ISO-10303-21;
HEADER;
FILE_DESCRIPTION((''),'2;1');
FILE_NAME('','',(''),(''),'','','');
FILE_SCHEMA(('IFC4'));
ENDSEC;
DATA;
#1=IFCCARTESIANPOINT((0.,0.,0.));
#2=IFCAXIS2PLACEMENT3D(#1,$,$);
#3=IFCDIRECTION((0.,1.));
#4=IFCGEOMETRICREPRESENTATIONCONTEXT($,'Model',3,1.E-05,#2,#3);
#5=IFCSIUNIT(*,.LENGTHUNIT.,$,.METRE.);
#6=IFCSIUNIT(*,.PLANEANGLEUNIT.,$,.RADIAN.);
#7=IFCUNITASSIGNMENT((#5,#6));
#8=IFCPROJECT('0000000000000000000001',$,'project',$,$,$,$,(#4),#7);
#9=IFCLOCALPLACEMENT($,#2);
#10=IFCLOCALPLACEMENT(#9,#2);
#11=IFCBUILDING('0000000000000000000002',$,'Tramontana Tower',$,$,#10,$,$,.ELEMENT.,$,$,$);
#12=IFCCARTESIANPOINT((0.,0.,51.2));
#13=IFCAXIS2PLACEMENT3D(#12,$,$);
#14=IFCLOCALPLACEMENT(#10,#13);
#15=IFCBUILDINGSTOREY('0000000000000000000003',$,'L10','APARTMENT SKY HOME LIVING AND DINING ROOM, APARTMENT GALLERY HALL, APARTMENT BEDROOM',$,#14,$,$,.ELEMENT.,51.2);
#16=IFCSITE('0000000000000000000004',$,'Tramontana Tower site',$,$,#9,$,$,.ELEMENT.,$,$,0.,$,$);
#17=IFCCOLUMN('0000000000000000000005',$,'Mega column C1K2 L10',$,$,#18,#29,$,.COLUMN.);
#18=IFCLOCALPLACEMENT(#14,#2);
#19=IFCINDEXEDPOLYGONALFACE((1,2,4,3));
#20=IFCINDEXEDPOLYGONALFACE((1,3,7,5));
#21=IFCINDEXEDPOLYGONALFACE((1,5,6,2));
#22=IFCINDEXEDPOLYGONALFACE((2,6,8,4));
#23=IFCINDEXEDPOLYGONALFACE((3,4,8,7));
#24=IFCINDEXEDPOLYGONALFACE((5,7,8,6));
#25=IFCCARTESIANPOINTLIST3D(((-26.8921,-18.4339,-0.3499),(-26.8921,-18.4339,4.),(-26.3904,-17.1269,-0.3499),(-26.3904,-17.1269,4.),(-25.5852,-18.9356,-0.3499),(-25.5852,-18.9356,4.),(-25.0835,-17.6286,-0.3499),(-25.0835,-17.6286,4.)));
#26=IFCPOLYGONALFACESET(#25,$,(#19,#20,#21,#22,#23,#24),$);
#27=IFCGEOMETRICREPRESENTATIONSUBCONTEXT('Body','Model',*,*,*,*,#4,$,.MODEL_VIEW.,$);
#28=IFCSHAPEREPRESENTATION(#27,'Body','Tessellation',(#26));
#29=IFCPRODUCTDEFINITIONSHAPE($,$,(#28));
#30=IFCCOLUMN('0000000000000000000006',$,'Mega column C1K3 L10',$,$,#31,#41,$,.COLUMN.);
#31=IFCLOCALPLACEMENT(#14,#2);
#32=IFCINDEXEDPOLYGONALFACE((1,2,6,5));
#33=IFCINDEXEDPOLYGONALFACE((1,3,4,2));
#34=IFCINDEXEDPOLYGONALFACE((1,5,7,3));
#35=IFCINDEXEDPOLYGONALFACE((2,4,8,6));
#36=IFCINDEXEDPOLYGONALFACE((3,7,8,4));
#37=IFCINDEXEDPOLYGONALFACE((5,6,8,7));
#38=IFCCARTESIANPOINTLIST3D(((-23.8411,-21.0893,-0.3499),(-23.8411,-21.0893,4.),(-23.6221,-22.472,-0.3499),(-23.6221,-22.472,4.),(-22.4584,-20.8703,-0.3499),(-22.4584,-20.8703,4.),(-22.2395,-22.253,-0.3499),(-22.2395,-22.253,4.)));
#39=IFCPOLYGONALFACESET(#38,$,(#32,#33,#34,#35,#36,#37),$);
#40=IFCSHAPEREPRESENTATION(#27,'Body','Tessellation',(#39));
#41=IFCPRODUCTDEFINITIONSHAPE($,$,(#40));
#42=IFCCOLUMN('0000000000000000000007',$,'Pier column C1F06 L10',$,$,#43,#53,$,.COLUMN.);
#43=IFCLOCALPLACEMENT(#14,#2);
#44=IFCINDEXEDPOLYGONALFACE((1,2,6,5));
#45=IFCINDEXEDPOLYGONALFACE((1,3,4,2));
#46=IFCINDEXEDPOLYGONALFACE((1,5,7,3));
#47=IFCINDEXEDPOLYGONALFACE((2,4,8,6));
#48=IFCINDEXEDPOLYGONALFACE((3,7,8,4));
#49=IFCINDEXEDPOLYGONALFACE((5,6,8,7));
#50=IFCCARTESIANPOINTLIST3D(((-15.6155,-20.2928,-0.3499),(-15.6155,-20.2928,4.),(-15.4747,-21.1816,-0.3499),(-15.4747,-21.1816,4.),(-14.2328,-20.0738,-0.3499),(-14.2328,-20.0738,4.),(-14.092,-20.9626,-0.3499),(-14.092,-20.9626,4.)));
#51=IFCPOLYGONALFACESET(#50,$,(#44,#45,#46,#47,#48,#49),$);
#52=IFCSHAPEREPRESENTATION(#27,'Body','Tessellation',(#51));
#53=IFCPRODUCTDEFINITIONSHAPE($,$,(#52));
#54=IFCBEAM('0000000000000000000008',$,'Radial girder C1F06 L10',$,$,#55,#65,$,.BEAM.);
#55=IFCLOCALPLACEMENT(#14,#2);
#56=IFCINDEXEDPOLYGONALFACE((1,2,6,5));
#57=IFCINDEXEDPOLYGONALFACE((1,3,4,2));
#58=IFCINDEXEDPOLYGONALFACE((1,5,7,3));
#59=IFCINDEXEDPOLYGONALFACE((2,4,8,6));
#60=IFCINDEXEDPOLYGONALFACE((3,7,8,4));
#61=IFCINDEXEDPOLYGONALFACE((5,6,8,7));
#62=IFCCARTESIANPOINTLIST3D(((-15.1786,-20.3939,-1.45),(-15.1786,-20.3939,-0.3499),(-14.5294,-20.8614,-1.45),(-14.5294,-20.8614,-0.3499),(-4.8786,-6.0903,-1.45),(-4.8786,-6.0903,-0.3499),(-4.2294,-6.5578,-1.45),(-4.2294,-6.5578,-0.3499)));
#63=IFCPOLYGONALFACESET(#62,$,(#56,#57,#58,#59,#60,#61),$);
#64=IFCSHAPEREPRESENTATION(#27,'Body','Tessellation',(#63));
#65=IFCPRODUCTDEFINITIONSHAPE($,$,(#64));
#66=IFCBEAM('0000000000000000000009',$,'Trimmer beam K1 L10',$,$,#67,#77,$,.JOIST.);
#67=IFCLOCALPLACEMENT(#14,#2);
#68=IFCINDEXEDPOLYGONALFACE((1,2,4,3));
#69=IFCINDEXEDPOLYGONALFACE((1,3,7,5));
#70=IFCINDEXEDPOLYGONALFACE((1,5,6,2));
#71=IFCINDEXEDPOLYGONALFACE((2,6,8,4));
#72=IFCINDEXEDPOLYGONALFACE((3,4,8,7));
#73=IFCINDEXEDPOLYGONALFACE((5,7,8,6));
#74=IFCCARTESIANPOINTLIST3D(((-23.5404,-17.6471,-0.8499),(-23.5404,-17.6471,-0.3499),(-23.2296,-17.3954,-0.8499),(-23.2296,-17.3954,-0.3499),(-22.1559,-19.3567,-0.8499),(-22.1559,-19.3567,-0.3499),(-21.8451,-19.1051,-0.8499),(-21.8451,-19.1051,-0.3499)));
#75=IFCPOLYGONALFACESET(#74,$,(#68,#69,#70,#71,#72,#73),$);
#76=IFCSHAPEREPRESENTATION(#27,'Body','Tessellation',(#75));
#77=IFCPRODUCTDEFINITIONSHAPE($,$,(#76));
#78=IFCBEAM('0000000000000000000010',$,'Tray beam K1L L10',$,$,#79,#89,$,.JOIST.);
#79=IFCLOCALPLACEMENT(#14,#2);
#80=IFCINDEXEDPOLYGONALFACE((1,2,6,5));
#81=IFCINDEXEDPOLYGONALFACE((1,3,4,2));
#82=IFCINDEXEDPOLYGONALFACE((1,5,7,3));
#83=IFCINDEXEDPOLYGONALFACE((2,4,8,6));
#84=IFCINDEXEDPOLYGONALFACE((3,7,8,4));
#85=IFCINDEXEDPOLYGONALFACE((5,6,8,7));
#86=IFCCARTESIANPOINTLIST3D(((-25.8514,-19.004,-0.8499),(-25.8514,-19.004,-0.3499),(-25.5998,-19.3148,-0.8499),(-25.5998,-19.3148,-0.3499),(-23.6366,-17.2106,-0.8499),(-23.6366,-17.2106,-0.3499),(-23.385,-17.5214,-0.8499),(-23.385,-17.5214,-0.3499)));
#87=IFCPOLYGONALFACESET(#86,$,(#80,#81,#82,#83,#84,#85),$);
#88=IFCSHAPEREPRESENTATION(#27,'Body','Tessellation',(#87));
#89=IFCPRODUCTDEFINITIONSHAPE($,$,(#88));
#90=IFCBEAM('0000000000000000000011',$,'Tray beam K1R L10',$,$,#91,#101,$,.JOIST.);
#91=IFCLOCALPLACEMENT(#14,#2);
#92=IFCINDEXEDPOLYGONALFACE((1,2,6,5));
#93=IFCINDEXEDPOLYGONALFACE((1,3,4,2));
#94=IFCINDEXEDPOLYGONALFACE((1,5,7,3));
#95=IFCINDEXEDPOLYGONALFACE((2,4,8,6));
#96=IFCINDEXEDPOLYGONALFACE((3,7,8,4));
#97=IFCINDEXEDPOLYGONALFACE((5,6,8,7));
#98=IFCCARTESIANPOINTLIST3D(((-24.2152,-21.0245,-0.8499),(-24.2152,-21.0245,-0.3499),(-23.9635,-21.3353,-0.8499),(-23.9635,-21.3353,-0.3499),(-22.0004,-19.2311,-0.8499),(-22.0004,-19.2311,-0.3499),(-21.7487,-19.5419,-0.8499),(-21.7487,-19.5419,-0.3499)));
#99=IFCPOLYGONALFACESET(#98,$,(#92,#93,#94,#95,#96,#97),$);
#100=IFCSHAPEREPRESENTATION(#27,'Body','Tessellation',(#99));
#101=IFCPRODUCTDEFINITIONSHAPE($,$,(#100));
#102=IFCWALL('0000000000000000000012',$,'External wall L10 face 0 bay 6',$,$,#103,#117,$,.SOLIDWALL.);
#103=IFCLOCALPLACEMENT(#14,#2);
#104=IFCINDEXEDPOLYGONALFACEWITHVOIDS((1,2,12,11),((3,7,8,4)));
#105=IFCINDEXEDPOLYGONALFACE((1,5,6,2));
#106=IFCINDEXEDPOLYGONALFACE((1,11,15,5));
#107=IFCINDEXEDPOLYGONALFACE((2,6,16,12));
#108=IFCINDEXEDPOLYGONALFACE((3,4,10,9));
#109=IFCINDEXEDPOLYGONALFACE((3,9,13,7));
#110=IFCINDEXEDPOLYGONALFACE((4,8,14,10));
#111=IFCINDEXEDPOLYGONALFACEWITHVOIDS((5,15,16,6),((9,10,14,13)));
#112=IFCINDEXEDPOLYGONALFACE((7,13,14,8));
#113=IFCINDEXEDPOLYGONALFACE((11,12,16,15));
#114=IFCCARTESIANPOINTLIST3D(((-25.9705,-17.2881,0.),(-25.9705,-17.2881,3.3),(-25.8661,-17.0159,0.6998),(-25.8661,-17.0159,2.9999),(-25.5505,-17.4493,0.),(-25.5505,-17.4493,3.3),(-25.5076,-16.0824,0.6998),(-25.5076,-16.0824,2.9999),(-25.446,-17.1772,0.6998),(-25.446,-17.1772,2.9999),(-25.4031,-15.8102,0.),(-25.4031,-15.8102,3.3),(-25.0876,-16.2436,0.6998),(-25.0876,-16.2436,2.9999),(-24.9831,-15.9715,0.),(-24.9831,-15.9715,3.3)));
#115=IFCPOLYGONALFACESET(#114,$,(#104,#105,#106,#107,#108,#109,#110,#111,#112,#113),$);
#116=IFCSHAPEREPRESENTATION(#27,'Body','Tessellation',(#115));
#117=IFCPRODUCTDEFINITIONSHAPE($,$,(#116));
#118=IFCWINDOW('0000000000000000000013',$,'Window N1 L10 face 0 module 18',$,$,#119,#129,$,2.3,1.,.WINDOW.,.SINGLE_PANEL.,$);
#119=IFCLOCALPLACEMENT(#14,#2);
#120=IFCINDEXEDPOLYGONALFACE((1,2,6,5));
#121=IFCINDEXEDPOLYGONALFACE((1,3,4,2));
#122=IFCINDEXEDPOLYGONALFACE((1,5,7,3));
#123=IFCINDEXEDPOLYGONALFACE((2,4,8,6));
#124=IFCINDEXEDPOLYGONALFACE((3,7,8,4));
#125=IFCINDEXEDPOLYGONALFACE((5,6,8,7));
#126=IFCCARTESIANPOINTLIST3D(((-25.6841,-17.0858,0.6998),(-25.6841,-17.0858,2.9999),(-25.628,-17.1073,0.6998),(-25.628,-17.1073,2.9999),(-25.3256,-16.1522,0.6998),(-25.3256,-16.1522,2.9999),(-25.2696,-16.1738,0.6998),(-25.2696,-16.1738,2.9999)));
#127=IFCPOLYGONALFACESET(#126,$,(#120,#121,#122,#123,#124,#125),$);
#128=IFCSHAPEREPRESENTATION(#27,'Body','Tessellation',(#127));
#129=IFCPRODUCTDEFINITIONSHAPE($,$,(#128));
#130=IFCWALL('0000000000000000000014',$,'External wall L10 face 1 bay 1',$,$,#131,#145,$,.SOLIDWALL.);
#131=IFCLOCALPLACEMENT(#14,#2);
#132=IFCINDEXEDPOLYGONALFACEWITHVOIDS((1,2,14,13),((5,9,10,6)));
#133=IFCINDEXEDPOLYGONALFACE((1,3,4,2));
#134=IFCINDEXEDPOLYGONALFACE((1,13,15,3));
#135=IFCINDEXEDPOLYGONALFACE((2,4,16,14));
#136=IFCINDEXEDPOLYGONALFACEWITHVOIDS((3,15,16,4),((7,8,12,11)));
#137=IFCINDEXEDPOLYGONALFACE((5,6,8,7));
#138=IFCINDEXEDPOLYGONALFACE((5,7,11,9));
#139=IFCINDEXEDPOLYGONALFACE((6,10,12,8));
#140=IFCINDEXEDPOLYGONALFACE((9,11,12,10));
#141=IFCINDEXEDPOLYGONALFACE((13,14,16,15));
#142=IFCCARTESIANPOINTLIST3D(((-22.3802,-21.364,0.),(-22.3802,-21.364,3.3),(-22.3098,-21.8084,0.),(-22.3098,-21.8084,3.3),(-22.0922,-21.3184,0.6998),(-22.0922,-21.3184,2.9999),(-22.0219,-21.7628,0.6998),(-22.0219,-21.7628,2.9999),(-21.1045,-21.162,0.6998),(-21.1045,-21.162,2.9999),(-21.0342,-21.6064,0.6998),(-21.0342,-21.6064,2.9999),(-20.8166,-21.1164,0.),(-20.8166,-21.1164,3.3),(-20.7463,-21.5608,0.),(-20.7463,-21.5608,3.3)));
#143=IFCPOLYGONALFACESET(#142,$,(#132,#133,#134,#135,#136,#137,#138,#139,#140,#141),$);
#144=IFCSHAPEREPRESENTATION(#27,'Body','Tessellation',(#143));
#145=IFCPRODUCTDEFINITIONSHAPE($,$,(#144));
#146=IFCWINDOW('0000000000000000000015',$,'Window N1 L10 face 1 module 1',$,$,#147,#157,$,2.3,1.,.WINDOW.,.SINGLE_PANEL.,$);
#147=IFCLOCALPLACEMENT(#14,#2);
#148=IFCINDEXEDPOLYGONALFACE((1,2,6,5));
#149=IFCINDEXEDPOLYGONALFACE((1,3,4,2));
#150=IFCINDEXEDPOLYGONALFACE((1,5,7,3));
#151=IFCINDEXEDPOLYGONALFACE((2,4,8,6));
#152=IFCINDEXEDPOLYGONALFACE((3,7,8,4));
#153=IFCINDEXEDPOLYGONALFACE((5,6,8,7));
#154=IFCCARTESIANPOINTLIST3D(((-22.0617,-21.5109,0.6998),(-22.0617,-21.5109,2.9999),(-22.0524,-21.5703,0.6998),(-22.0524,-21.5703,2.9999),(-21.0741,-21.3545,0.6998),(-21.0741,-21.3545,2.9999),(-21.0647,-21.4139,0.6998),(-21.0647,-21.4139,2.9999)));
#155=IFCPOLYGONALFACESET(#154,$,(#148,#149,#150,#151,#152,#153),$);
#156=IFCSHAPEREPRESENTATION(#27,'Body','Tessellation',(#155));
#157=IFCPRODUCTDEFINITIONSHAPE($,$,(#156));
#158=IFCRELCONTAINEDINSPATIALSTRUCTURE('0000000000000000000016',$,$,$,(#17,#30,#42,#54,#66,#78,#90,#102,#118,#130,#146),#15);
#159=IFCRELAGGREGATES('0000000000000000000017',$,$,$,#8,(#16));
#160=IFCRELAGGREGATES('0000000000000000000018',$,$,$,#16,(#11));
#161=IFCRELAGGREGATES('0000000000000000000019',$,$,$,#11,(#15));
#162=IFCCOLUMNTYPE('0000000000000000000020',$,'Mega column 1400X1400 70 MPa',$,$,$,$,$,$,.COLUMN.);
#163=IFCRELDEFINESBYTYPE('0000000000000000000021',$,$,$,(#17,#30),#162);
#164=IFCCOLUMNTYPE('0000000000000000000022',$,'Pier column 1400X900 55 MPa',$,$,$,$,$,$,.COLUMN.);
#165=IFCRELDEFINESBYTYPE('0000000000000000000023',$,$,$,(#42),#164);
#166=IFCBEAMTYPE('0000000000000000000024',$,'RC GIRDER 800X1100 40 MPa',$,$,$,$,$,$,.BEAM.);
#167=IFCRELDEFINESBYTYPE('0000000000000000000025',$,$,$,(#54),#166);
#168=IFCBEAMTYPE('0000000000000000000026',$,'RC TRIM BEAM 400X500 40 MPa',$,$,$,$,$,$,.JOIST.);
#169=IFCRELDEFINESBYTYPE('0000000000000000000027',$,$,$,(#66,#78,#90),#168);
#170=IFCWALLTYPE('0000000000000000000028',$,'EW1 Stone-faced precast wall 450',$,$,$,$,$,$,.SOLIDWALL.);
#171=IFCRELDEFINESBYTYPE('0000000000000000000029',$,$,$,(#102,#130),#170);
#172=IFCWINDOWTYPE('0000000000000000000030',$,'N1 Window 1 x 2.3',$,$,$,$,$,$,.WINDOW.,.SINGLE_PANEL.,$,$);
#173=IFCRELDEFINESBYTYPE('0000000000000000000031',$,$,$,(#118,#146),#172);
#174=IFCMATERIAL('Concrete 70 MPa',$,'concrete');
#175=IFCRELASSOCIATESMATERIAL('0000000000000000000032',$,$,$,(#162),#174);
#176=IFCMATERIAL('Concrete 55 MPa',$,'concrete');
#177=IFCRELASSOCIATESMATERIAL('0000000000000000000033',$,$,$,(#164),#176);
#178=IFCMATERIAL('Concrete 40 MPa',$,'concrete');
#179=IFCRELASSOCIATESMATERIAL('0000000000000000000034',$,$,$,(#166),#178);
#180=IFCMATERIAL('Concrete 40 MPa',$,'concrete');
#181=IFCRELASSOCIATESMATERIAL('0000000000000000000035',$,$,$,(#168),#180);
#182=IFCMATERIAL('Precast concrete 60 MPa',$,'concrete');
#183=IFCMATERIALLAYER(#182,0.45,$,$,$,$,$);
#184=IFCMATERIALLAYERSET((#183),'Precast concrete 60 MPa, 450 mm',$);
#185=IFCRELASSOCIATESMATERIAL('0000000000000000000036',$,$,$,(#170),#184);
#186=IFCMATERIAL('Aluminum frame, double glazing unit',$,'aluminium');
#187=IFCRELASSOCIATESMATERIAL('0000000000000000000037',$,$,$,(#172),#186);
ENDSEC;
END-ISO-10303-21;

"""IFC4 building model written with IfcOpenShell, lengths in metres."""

from ifc_helpers import new_model, si_unit, direction, frame, frame_2d, origin, origin_2d, place, context, subcontext, project, spatial, rectangle, extrude, material, layer, layer_set, material_profile, profile_set, type_object, element, fill, save


model = new_model("IFC4")

# Units and contexts
model_context = context("Model", 3, precision=1e-05, world=origin(), true_north=direction((0.0, 1.0)))
body_context = subcontext(model_context, "Body", "Model", "MODEL_VIEW")
ifc_project = project(units=[si_unit("LENGTHUNIT", "METRE"), si_unit("PLANEANGLEUNIT", "RADIAN")], contexts=[model_context])

# Site, building, storey
site_placement = place(None, origin())
site = spatial("IfcSite", under=ifc_project, at=site_placement, Name="Tramontana Tower site", CompositionType="ELEMENT", RefElevation=0.0)
building_placement = place(site_placement, origin())
building = spatial("IfcBuilding", under=site, at=building_placement, Name="Tramontana Tower", CompositionType="ELEMENT")
storey_placement = place(building_placement, frame((0.0, 0.0, 51.2)))
storey = spatial("IfcBuildingStorey", under=building, at=storey_placement, Name="L10", Description="APARTMENT SKY HOME LIVING AND DINING ROOM, APARTMENT GALLERY HALL, APARTMENT BEDROOM", CompositionType="ELEMENT", Elevation=51.2)

# Columns
ifc_material_1 = material(Name="Concrete 70 MPa", Category="concrete")
ifc_material_profile_1 = material_profile(ifc_material_1, rectangle(XDim=1.3999, YDim=1.3999, at=origin_2d()), Name="Mega column 1400X1400 70 MPa")
ifc_profile_set_1 = profile_set([ifc_material_profile_1], Name="Concrete 70 MPa")
column_type_1 = type_object("IfcColumnType", Name="Mega column 1400X1400 70 MPa", PredefinedType="COLUMN", material=ifc_profile_set_1)
for number, where, z_axis, x_axis, name in (
    (1, (-25.9878, -18.0312, -0.3499), (0.0, 0.0, 1.0), (-0.358368, -0.93358, 0.0), "Mega column C1K2 L10"),
    (2, (-23.0403, -21.6711, -0.3499), (0.0, 0.0, 1.0), (0.987688, 0.156434, 0.0), "Mega column C1K3 L10"),
):
    element("IfcColumn", number, at=place(storey_placement, frame(where, z_axis=z_axis, x_axis=x_axis)), inside=storey, type_object=column_type_1, Name=name, PredefinedType="COLUMN", context=body_context, shape_type="SweptSolid", body=[
        extrude(rectangle(XDim=1.3999, YDim=1.3999, at=origin_2d()), origin(), (0.0, 0.0, 1.0), 4.3499),
    ])
ifc_material_2 = material(Name="Concrete 55 MPa", Category="concrete")
ifc_material_profile_2 = material_profile(ifc_material_2, rectangle(XDim=1.3999, YDim=0.8999, at=origin_2d()), Name="Pier column 1400X900 55 MPa")
ifc_profile_set_2 = profile_set([ifc_material_profile_2], Name="Concrete 55 MPa")
column_type_2 = type_object("IfcColumnType", Name="Pier column 1400X900 55 MPa", PredefinedType="COLUMN", material=ifc_profile_set_2)
column_placement = place(storey_placement, frame((-14.8538, -20.6277, -0.3499), z_axis=(0.0, 0.0, 1.0), x_axis=(0.987688, 0.156434, 0.0)))
element("IfcColumn", 3, at=column_placement, inside=storey, type_object=column_type_2, Name="Pier column C1F06 L10", PredefinedType="COLUMN", context=body_context, shape_type="SweptSolid", body=[
    extrude(rectangle(XDim=1.3999, YDim=0.8999, at=origin_2d()), origin(), (0.0, 0.0, 1.0), 4.3499),
])

# Beams
ifc_material_3 = material(Name="Concrete 40 MPa", Category="concrete")
ifc_material_profile_3 = material_profile(ifc_material_3, rectangle(XDim=0.8, YDim=1.1001, at=origin_2d()), Name="RC GIRDER 800X1100 40 MPa")
ifc_profile_set_3 = profile_set([ifc_material_profile_3], Name="Concrete 40 MPa")
beam_type_1 = type_object("IfcBeamType", Name="RC GIRDER 800X1100 40 MPa", PredefinedType="BEAM", material=ifc_profile_set_3)
beam_1_placement = place(storey_placement, frame((-14.854, -20.6277, -0.8999), z_axis=(0.584356, 0.811497, 0.0), x_axis=(-0.811497, 0.584356, 0.0)))
element("IfcBeam", 4, at=beam_1_placement, inside=storey, type_object=beam_type_1, Name="Radial girder C1F06 L10", PredefinedType="BEAM", context=body_context, shape_type="SweptSolid", body=[
    extrude(rectangle(XDim=0.8, YDim=1.1001, at=origin_2d()), origin(), (0.0, 0.0, 1.0), 17.6262),
])
ifc_material_4 = material(Name="Concrete 40 MPa", Category="concrete")
ifc_material_profile_4 = material_profile(ifc_material_4, rectangle(XDim=0.3999, YDim=0.5, at=origin_2d()), Name="RC TRIM BEAM 400X500 40 MPa")
ifc_profile_set_4 = profile_set([ifc_material_profile_4], Name="Concrete 40 MPa")
beam_type_2 = type_object("IfcBeamType", Name="RC TRIM BEAM 400X500 40 MPa", PredefinedType="JOIST", material=ifc_profile_set_4)
beam_2_placement = place(storey_placement, frame((-23.385, -17.5212, -0.5999), z_axis=(0.629326, -0.777141, 0.0), x_axis=(0.777141, 0.629326, 0.0)))
element("IfcBeam", 5, at=beam_2_placement, inside=storey, type_object=beam_type_2, Name="Trimmer beam K1 L10", PredefinedType="JOIST", context=body_context, shape_type="SweptSolid", body=[
    extrude(rectangle(XDim=0.3999, YDim=0.5, at=origin_2d()), origin(), (0.0, 0.0, 1.0), 2.2),
])
for number, where, z_axis, x_axis, name in (
    (6, (-25.7256, -19.1594, -0.5999), (0.777161, 0.629302, 0.0), (-0.629302, 0.777161, 0.0), "Tray beam K1L L10"),
    (7, (-24.0894, -21.1799, -0.5999), (0.777161, 0.629302, 0.0), (-0.629302, 0.777161, 0.0), "Tray beam K1R L10"),
):
    element("IfcBeam", number, at=place(storey_placement, frame(where, z_axis=z_axis, x_axis=x_axis)), inside=storey, type_object=beam_type_2, Name=name, PredefinedType="JOIST", context=body_context, shape_type="SweptSolid", body=[
        extrude(rectangle(XDim=0.3999, YDim=0.5, at=origin_2d()), origin(), (0.0, 0.0, 1.0), 2.8499),
    ])

# Walls, openings, windows
ifc_material_5 = material(Name="Precast concrete 60 MPa", Category="concrete")
ifc_layer_1 = layer(ifc_material_5, 0.45)
ifc_layer_set_1 = layer_set([ifc_layer_1], Name="Precast concrete 60 MPa, 450 mm")
wall_type_1 = type_object("IfcWallType", Name="EW1 Stone-faced precast wall 450", PredefinedType="SOLIDWALL", material=ifc_layer_set_1)
wall_1_placement = place(storey_placement, frame((-25.1931, -15.8909, 0.0), z_axis=(0.0, 0.0, 1.0), x_axis=(-0.358431, -0.933556, 0.0)))
wall_1 = element("IfcWall", 8, at=wall_1_placement, inside=storey, type_object=wall_type_1, Name="External wall L10 face 0 bay 6", PredefinedType="SOLIDWALL", context=body_context, shape_type="SweptSolid", body=[
    extrude(rectangle(XDim=1.583, YDim=0.45, at=frame_2d((0.7915, 0.0))), origin(), (0.0, 0.0, 1.0), 3.3),
])
opening_1_placement = place(wall_1_placement, frame((0.2915, 0.0, 0.7)))
opening_1 = element("IfcOpeningElement", 9, at=opening_1_placement, cuts=wall_1, PredefinedType="OPENING", context=body_context, shape_type="SweptSolid", body=[
    extrude(rectangle(XDim=1.0, YDim=2.3, at=frame_2d((0.5, 1.1499))), frame((0.0, 0.2349, 0.0), z_axis=(0.0, -1.0, 0.0), x_axis=(1.0, 0.0, 0.0)), (0.0, 0.0, 1.0), 0.47),
])
ifc_material_6 = material(Name="Aluminum frame, double glazing unit", Category="aluminium")
window_type_1 = type_object("IfcWindowType", Name="N1 Window 1 x 2.3", PartitioningType="SINGLE_PANEL", PredefinedType="WINDOW", material=ifc_material_6)
window_1_placement = place(opening_1_placement, origin())
window_1 = element("IfcWindow", 10, at=window_1_placement, inside=storey, type_object=window_type_1, Name="Window N1 L10 face 0 module 18", OverallHeight=2.3, OverallWidth=1.0, PartitioningType="SINGLE_PANEL", PredefinedType="WINDOW", context=body_context, shape_type="SweptSolid", body=[
    extrude(rectangle(XDim=1.0, YDim=2.3, at=frame_2d((0.5, 1.1499))), frame((0.0, 0.03, 0.0), z_axis=(0.0, -1.0, 0.0), x_axis=(1.0, 0.0, 0.0)), (0.0, 0.0, 1.0), 0.0601),
])
fill(opening_1, window_1)
wall_2_placement = place(storey_placement, frame((-22.345, -21.5862, 0.0), z_axis=(0.0, 0.0, 1.0), x_axis=(0.987695, 0.15639, 0.0)))
wall_2 = element("IfcWall", 11, at=wall_2_placement, inside=storey, type_object=wall_type_1, Name="External wall L10 face 1 bay 1", PredefinedType="SOLIDWALL", context=body_context, shape_type="SweptSolid", body=[
    extrude(rectangle(XDim=1.583, YDim=0.45, at=frame_2d((0.7915, 0.0))), origin(), (0.0, 0.0, 1.0), 3.3),
])
opening_2_placement = place(wall_2_placement, frame((0.2915, 0.0, 0.7)))
opening_2 = element("IfcOpeningElement", 12, at=opening_2_placement, cuts=wall_2, PredefinedType="OPENING", context=body_context, shape_type="SweptSolid", body=[
    extrude(rectangle(XDim=1.0, YDim=2.3, at=frame_2d((0.5, 1.1499))), frame((0.0, 0.2349, 0.0), z_axis=(0.0, -1.0, 0.0), x_axis=(1.0, 0.0, 0.0)), (0.0, 0.0, 1.0), 0.47),
])
window_2_placement = place(opening_2_placement, origin())
window_2 = element("IfcWindow", 13, at=window_2_placement, inside=storey, type_object=window_type_1, Name="Window N1 L10 face 1 module 1", OverallHeight=2.3, OverallWidth=1.0, PartitioningType="SINGLE_PANEL", PredefinedType="WINDOW", context=body_context, shape_type="SweptSolid", body=[
    extrude(rectangle(XDim=1.0, YDim=2.3, at=frame_2d((0.5, 1.1499))), frame((0.0, 0.03, 0.0), z_axis=(0.0, -1.0, 0.0), x_axis=(1.0, 0.0, 0.0)), (0.0, 0.0, 1.0), 0.0601),
])
fill(opening_2, window_2)

save(model, "model.ifc")
